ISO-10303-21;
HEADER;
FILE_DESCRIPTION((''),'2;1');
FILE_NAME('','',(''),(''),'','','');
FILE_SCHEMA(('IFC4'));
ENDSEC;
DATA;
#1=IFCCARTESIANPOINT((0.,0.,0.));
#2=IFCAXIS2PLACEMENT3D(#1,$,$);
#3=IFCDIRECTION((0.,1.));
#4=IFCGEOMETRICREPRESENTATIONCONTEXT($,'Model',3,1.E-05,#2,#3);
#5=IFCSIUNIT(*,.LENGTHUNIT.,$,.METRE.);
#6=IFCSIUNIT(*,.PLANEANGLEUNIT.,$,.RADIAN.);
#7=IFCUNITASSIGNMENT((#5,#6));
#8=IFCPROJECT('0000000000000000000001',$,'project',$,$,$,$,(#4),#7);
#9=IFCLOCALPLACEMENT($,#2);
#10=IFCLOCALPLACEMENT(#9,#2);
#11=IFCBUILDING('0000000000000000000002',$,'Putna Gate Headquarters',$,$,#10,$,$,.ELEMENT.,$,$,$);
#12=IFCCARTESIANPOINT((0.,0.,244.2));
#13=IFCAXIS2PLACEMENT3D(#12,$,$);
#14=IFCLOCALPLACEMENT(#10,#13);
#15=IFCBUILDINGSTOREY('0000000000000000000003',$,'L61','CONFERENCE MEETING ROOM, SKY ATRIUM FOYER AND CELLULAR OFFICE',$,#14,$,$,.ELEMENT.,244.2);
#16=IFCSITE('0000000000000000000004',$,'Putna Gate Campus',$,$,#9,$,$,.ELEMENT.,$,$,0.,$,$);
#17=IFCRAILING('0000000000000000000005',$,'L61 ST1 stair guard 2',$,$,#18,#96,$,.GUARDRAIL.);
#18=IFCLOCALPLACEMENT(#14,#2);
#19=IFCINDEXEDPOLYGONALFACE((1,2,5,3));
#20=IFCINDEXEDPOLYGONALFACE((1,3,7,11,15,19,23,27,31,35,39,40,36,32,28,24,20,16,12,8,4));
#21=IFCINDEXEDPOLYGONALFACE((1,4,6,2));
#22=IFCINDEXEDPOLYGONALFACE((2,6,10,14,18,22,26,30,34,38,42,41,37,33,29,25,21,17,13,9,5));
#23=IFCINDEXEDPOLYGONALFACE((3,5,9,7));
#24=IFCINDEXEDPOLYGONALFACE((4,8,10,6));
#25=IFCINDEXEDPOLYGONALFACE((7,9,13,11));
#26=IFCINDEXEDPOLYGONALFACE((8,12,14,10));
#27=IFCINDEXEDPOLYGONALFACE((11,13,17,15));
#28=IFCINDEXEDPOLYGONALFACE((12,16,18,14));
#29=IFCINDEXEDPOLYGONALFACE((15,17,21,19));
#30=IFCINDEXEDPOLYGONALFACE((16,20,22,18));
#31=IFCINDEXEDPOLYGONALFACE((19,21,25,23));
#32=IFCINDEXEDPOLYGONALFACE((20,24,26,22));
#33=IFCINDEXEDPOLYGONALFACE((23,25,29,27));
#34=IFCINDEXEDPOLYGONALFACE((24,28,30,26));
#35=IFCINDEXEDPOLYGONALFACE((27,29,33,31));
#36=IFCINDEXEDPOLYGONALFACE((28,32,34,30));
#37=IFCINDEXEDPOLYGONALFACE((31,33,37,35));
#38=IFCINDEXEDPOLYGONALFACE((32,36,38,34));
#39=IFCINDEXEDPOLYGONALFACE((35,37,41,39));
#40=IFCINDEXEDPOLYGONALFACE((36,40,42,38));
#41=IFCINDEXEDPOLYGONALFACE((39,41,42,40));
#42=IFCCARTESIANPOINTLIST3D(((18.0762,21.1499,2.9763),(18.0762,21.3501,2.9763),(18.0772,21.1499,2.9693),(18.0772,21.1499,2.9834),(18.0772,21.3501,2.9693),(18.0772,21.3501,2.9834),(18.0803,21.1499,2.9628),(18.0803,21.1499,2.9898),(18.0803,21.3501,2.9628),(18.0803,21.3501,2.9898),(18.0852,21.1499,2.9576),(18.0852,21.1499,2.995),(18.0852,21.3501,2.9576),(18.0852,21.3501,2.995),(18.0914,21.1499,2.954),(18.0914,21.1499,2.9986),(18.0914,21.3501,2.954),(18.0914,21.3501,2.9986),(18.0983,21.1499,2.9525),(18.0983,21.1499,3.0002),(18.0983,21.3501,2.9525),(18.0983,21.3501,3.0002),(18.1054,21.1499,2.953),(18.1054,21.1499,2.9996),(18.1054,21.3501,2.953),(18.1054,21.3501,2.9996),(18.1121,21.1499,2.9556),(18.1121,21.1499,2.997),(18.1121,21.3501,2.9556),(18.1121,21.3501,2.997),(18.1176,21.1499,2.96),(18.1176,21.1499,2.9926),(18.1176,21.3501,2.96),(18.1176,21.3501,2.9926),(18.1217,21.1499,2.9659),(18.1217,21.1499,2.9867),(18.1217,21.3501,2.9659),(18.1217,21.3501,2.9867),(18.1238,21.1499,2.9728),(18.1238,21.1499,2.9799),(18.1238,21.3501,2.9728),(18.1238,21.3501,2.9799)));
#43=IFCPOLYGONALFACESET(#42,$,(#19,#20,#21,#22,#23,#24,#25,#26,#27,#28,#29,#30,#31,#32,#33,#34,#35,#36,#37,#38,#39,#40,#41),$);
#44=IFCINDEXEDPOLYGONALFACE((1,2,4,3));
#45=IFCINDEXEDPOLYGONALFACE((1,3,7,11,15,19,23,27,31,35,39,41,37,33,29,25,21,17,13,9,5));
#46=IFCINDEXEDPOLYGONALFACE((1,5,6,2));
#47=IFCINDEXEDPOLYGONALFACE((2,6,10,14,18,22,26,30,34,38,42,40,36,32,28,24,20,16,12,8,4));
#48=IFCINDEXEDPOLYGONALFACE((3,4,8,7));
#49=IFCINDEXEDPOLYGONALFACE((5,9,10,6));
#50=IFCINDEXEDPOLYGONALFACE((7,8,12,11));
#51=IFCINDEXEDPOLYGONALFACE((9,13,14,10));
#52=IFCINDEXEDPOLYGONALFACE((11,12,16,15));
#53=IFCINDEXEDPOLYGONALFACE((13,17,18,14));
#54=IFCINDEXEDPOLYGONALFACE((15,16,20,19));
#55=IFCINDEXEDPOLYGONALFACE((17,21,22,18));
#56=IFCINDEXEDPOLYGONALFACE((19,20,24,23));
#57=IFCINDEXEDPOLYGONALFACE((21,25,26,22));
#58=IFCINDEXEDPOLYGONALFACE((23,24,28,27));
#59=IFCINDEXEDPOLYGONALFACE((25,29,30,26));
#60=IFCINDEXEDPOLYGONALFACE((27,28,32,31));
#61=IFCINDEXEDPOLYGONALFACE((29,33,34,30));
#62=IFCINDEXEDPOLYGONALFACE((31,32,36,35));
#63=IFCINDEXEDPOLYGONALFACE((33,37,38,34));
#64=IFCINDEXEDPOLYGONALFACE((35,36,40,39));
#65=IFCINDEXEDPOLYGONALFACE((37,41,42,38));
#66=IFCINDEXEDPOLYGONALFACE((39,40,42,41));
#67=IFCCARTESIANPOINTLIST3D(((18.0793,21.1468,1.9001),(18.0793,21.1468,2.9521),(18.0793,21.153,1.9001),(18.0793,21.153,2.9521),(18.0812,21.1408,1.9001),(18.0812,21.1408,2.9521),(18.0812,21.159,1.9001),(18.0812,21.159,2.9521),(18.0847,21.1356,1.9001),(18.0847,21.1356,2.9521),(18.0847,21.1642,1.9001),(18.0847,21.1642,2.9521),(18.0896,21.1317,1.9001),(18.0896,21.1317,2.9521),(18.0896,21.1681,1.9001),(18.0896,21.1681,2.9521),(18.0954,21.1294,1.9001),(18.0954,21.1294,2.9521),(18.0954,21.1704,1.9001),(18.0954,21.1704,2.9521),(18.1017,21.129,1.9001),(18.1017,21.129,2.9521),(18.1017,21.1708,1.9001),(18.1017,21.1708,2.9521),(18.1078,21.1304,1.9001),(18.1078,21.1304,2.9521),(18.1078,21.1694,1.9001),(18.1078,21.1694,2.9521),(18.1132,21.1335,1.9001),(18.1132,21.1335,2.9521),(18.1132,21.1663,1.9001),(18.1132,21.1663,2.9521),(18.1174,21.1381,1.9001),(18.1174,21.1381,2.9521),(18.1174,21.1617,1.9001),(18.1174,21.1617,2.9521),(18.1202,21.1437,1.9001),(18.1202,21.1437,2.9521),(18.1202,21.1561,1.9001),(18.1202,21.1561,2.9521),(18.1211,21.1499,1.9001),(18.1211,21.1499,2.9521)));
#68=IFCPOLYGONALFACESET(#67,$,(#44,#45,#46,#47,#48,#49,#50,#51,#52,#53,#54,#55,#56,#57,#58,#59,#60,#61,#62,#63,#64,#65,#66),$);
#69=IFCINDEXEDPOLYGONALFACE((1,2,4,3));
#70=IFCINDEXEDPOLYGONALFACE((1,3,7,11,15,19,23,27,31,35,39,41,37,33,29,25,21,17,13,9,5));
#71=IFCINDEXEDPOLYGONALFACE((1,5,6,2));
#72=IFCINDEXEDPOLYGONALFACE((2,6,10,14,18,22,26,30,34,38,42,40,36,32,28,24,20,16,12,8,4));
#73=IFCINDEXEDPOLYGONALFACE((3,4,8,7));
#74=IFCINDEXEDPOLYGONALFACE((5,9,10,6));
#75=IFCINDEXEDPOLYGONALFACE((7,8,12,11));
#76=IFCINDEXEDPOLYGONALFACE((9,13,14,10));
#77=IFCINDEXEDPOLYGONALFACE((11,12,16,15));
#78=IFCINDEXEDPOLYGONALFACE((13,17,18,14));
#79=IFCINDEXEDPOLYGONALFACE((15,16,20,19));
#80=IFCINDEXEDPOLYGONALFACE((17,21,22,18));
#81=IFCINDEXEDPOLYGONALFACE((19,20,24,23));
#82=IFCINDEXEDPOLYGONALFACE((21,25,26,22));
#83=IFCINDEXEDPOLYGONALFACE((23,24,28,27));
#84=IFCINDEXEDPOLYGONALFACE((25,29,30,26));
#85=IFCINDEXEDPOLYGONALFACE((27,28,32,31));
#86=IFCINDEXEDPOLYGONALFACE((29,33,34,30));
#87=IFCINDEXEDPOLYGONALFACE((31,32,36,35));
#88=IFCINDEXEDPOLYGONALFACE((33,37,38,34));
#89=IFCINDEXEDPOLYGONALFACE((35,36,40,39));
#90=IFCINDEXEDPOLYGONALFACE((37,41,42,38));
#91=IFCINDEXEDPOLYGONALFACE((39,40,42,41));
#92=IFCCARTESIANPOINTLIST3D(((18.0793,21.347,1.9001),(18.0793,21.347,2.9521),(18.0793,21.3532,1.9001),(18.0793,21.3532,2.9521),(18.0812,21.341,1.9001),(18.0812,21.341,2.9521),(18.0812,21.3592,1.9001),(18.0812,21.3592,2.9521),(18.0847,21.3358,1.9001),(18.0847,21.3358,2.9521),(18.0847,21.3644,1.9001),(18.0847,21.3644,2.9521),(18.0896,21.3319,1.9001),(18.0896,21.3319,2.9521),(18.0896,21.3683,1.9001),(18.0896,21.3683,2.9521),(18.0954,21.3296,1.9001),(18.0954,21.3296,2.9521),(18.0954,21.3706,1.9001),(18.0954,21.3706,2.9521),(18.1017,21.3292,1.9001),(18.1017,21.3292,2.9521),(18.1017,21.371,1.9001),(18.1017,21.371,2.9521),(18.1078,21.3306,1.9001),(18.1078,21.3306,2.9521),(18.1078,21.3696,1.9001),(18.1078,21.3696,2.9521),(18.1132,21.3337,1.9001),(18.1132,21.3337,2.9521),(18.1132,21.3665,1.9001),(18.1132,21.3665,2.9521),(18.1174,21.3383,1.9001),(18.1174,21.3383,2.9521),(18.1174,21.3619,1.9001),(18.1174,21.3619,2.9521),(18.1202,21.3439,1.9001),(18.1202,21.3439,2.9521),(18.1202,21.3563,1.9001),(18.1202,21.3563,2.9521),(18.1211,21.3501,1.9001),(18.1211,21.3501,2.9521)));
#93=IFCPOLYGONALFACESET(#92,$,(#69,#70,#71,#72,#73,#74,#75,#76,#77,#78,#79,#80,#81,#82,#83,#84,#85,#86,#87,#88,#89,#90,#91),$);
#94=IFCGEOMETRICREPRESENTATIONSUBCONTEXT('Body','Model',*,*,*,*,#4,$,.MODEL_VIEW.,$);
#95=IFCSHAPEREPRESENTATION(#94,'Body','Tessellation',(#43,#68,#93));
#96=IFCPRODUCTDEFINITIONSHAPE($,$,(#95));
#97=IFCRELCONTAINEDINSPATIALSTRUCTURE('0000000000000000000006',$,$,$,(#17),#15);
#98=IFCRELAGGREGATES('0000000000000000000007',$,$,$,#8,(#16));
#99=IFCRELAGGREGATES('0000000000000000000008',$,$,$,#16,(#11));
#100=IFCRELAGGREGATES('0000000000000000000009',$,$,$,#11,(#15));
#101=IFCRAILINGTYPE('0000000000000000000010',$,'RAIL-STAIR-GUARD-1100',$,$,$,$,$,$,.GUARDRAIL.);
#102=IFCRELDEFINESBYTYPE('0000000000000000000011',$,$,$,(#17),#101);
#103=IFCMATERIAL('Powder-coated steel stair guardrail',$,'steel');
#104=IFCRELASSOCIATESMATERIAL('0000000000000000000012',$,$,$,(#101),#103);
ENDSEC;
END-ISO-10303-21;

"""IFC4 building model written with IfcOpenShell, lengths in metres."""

from ifc_helpers import new_model, si_unit, direction, frame, origin, origin_2d, place, context, subcontext, project, spatial, circle, extrude, material, type_object, element, save


model = new_model("IFC4")

# Units and contexts
model_context = context("Model", 3, precision=1e-05, world=origin(), true_north=direction((0.0, 1.0)))
body_context = subcontext(model_context, "Body", "Model", "MODEL_VIEW")
ifc_project = project(units=[si_unit("LENGTHUNIT", "METRE"), si_unit("PLANEANGLEUNIT", "RADIAN")], contexts=[model_context])

# Site, building, storey
site_placement = place(None, origin())
site = spatial("IfcSite", under=ifc_project, at=site_placement, Name="Putna Gate Campus", CompositionType="ELEMENT", RefElevation=0.0)
building_placement = place(site_placement, origin())
building = spatial("IfcBuilding", under=site, at=building_placement, Name="Putna Gate Headquarters", CompositionType="ELEMENT")
storey_placement = place(building_placement, frame((0.0, 0.0, 244.2)))
storey = spatial("IfcBuildingStorey", under=building, at=storey_placement, Name="L61", Description="CONFERENCE MEETING ROOM, SKY ATRIUM FOYER AND CELLULAR OFFICE", CompositionType="ELEMENT", Elevation=244.2)

# Railing
ifc_material_1 = material(Name="Powder-coated steel stair guardrail", Category="steel")
railing_type_1 = type_object("IfcRailingType", Name="RAIL-STAIR-GUARD-1100", PredefinedType="GUARDRAIL", material=ifc_material_1)
railing_1_placement = place(storey_placement, frame((18.1001, 21.1499, 1.9001)))
element("IfcRailing", 1, at=railing_1_placement, inside=storey, type_object=railing_type_1, Name="L61 ST1 stair guard 2", PredefinedType="GUARDRAIL", context=body_context, shape_type="SweptSolid", body=[
    extrude(circle(Radius=0.0239, at=origin_2d()), frame((0.0, 0.0, 1.0762), z_axis=(0.0, 1.0, 0.0), x_axis=(-1.0, 0.0, 0.0)), (0.0, 0.0, 1.0), 0.2002),
    extrude(circle(Radius=0.021, at=origin_2d()), origin(), (0.0, 0.0, 1.0), 1.052),
    extrude(circle(Radius=0.021, at=origin_2d()), frame((0.0, 0.2002, 0.0)), (0.0, 0.0, 1.0), 1.052),
])

save(model, "model.ifc")
